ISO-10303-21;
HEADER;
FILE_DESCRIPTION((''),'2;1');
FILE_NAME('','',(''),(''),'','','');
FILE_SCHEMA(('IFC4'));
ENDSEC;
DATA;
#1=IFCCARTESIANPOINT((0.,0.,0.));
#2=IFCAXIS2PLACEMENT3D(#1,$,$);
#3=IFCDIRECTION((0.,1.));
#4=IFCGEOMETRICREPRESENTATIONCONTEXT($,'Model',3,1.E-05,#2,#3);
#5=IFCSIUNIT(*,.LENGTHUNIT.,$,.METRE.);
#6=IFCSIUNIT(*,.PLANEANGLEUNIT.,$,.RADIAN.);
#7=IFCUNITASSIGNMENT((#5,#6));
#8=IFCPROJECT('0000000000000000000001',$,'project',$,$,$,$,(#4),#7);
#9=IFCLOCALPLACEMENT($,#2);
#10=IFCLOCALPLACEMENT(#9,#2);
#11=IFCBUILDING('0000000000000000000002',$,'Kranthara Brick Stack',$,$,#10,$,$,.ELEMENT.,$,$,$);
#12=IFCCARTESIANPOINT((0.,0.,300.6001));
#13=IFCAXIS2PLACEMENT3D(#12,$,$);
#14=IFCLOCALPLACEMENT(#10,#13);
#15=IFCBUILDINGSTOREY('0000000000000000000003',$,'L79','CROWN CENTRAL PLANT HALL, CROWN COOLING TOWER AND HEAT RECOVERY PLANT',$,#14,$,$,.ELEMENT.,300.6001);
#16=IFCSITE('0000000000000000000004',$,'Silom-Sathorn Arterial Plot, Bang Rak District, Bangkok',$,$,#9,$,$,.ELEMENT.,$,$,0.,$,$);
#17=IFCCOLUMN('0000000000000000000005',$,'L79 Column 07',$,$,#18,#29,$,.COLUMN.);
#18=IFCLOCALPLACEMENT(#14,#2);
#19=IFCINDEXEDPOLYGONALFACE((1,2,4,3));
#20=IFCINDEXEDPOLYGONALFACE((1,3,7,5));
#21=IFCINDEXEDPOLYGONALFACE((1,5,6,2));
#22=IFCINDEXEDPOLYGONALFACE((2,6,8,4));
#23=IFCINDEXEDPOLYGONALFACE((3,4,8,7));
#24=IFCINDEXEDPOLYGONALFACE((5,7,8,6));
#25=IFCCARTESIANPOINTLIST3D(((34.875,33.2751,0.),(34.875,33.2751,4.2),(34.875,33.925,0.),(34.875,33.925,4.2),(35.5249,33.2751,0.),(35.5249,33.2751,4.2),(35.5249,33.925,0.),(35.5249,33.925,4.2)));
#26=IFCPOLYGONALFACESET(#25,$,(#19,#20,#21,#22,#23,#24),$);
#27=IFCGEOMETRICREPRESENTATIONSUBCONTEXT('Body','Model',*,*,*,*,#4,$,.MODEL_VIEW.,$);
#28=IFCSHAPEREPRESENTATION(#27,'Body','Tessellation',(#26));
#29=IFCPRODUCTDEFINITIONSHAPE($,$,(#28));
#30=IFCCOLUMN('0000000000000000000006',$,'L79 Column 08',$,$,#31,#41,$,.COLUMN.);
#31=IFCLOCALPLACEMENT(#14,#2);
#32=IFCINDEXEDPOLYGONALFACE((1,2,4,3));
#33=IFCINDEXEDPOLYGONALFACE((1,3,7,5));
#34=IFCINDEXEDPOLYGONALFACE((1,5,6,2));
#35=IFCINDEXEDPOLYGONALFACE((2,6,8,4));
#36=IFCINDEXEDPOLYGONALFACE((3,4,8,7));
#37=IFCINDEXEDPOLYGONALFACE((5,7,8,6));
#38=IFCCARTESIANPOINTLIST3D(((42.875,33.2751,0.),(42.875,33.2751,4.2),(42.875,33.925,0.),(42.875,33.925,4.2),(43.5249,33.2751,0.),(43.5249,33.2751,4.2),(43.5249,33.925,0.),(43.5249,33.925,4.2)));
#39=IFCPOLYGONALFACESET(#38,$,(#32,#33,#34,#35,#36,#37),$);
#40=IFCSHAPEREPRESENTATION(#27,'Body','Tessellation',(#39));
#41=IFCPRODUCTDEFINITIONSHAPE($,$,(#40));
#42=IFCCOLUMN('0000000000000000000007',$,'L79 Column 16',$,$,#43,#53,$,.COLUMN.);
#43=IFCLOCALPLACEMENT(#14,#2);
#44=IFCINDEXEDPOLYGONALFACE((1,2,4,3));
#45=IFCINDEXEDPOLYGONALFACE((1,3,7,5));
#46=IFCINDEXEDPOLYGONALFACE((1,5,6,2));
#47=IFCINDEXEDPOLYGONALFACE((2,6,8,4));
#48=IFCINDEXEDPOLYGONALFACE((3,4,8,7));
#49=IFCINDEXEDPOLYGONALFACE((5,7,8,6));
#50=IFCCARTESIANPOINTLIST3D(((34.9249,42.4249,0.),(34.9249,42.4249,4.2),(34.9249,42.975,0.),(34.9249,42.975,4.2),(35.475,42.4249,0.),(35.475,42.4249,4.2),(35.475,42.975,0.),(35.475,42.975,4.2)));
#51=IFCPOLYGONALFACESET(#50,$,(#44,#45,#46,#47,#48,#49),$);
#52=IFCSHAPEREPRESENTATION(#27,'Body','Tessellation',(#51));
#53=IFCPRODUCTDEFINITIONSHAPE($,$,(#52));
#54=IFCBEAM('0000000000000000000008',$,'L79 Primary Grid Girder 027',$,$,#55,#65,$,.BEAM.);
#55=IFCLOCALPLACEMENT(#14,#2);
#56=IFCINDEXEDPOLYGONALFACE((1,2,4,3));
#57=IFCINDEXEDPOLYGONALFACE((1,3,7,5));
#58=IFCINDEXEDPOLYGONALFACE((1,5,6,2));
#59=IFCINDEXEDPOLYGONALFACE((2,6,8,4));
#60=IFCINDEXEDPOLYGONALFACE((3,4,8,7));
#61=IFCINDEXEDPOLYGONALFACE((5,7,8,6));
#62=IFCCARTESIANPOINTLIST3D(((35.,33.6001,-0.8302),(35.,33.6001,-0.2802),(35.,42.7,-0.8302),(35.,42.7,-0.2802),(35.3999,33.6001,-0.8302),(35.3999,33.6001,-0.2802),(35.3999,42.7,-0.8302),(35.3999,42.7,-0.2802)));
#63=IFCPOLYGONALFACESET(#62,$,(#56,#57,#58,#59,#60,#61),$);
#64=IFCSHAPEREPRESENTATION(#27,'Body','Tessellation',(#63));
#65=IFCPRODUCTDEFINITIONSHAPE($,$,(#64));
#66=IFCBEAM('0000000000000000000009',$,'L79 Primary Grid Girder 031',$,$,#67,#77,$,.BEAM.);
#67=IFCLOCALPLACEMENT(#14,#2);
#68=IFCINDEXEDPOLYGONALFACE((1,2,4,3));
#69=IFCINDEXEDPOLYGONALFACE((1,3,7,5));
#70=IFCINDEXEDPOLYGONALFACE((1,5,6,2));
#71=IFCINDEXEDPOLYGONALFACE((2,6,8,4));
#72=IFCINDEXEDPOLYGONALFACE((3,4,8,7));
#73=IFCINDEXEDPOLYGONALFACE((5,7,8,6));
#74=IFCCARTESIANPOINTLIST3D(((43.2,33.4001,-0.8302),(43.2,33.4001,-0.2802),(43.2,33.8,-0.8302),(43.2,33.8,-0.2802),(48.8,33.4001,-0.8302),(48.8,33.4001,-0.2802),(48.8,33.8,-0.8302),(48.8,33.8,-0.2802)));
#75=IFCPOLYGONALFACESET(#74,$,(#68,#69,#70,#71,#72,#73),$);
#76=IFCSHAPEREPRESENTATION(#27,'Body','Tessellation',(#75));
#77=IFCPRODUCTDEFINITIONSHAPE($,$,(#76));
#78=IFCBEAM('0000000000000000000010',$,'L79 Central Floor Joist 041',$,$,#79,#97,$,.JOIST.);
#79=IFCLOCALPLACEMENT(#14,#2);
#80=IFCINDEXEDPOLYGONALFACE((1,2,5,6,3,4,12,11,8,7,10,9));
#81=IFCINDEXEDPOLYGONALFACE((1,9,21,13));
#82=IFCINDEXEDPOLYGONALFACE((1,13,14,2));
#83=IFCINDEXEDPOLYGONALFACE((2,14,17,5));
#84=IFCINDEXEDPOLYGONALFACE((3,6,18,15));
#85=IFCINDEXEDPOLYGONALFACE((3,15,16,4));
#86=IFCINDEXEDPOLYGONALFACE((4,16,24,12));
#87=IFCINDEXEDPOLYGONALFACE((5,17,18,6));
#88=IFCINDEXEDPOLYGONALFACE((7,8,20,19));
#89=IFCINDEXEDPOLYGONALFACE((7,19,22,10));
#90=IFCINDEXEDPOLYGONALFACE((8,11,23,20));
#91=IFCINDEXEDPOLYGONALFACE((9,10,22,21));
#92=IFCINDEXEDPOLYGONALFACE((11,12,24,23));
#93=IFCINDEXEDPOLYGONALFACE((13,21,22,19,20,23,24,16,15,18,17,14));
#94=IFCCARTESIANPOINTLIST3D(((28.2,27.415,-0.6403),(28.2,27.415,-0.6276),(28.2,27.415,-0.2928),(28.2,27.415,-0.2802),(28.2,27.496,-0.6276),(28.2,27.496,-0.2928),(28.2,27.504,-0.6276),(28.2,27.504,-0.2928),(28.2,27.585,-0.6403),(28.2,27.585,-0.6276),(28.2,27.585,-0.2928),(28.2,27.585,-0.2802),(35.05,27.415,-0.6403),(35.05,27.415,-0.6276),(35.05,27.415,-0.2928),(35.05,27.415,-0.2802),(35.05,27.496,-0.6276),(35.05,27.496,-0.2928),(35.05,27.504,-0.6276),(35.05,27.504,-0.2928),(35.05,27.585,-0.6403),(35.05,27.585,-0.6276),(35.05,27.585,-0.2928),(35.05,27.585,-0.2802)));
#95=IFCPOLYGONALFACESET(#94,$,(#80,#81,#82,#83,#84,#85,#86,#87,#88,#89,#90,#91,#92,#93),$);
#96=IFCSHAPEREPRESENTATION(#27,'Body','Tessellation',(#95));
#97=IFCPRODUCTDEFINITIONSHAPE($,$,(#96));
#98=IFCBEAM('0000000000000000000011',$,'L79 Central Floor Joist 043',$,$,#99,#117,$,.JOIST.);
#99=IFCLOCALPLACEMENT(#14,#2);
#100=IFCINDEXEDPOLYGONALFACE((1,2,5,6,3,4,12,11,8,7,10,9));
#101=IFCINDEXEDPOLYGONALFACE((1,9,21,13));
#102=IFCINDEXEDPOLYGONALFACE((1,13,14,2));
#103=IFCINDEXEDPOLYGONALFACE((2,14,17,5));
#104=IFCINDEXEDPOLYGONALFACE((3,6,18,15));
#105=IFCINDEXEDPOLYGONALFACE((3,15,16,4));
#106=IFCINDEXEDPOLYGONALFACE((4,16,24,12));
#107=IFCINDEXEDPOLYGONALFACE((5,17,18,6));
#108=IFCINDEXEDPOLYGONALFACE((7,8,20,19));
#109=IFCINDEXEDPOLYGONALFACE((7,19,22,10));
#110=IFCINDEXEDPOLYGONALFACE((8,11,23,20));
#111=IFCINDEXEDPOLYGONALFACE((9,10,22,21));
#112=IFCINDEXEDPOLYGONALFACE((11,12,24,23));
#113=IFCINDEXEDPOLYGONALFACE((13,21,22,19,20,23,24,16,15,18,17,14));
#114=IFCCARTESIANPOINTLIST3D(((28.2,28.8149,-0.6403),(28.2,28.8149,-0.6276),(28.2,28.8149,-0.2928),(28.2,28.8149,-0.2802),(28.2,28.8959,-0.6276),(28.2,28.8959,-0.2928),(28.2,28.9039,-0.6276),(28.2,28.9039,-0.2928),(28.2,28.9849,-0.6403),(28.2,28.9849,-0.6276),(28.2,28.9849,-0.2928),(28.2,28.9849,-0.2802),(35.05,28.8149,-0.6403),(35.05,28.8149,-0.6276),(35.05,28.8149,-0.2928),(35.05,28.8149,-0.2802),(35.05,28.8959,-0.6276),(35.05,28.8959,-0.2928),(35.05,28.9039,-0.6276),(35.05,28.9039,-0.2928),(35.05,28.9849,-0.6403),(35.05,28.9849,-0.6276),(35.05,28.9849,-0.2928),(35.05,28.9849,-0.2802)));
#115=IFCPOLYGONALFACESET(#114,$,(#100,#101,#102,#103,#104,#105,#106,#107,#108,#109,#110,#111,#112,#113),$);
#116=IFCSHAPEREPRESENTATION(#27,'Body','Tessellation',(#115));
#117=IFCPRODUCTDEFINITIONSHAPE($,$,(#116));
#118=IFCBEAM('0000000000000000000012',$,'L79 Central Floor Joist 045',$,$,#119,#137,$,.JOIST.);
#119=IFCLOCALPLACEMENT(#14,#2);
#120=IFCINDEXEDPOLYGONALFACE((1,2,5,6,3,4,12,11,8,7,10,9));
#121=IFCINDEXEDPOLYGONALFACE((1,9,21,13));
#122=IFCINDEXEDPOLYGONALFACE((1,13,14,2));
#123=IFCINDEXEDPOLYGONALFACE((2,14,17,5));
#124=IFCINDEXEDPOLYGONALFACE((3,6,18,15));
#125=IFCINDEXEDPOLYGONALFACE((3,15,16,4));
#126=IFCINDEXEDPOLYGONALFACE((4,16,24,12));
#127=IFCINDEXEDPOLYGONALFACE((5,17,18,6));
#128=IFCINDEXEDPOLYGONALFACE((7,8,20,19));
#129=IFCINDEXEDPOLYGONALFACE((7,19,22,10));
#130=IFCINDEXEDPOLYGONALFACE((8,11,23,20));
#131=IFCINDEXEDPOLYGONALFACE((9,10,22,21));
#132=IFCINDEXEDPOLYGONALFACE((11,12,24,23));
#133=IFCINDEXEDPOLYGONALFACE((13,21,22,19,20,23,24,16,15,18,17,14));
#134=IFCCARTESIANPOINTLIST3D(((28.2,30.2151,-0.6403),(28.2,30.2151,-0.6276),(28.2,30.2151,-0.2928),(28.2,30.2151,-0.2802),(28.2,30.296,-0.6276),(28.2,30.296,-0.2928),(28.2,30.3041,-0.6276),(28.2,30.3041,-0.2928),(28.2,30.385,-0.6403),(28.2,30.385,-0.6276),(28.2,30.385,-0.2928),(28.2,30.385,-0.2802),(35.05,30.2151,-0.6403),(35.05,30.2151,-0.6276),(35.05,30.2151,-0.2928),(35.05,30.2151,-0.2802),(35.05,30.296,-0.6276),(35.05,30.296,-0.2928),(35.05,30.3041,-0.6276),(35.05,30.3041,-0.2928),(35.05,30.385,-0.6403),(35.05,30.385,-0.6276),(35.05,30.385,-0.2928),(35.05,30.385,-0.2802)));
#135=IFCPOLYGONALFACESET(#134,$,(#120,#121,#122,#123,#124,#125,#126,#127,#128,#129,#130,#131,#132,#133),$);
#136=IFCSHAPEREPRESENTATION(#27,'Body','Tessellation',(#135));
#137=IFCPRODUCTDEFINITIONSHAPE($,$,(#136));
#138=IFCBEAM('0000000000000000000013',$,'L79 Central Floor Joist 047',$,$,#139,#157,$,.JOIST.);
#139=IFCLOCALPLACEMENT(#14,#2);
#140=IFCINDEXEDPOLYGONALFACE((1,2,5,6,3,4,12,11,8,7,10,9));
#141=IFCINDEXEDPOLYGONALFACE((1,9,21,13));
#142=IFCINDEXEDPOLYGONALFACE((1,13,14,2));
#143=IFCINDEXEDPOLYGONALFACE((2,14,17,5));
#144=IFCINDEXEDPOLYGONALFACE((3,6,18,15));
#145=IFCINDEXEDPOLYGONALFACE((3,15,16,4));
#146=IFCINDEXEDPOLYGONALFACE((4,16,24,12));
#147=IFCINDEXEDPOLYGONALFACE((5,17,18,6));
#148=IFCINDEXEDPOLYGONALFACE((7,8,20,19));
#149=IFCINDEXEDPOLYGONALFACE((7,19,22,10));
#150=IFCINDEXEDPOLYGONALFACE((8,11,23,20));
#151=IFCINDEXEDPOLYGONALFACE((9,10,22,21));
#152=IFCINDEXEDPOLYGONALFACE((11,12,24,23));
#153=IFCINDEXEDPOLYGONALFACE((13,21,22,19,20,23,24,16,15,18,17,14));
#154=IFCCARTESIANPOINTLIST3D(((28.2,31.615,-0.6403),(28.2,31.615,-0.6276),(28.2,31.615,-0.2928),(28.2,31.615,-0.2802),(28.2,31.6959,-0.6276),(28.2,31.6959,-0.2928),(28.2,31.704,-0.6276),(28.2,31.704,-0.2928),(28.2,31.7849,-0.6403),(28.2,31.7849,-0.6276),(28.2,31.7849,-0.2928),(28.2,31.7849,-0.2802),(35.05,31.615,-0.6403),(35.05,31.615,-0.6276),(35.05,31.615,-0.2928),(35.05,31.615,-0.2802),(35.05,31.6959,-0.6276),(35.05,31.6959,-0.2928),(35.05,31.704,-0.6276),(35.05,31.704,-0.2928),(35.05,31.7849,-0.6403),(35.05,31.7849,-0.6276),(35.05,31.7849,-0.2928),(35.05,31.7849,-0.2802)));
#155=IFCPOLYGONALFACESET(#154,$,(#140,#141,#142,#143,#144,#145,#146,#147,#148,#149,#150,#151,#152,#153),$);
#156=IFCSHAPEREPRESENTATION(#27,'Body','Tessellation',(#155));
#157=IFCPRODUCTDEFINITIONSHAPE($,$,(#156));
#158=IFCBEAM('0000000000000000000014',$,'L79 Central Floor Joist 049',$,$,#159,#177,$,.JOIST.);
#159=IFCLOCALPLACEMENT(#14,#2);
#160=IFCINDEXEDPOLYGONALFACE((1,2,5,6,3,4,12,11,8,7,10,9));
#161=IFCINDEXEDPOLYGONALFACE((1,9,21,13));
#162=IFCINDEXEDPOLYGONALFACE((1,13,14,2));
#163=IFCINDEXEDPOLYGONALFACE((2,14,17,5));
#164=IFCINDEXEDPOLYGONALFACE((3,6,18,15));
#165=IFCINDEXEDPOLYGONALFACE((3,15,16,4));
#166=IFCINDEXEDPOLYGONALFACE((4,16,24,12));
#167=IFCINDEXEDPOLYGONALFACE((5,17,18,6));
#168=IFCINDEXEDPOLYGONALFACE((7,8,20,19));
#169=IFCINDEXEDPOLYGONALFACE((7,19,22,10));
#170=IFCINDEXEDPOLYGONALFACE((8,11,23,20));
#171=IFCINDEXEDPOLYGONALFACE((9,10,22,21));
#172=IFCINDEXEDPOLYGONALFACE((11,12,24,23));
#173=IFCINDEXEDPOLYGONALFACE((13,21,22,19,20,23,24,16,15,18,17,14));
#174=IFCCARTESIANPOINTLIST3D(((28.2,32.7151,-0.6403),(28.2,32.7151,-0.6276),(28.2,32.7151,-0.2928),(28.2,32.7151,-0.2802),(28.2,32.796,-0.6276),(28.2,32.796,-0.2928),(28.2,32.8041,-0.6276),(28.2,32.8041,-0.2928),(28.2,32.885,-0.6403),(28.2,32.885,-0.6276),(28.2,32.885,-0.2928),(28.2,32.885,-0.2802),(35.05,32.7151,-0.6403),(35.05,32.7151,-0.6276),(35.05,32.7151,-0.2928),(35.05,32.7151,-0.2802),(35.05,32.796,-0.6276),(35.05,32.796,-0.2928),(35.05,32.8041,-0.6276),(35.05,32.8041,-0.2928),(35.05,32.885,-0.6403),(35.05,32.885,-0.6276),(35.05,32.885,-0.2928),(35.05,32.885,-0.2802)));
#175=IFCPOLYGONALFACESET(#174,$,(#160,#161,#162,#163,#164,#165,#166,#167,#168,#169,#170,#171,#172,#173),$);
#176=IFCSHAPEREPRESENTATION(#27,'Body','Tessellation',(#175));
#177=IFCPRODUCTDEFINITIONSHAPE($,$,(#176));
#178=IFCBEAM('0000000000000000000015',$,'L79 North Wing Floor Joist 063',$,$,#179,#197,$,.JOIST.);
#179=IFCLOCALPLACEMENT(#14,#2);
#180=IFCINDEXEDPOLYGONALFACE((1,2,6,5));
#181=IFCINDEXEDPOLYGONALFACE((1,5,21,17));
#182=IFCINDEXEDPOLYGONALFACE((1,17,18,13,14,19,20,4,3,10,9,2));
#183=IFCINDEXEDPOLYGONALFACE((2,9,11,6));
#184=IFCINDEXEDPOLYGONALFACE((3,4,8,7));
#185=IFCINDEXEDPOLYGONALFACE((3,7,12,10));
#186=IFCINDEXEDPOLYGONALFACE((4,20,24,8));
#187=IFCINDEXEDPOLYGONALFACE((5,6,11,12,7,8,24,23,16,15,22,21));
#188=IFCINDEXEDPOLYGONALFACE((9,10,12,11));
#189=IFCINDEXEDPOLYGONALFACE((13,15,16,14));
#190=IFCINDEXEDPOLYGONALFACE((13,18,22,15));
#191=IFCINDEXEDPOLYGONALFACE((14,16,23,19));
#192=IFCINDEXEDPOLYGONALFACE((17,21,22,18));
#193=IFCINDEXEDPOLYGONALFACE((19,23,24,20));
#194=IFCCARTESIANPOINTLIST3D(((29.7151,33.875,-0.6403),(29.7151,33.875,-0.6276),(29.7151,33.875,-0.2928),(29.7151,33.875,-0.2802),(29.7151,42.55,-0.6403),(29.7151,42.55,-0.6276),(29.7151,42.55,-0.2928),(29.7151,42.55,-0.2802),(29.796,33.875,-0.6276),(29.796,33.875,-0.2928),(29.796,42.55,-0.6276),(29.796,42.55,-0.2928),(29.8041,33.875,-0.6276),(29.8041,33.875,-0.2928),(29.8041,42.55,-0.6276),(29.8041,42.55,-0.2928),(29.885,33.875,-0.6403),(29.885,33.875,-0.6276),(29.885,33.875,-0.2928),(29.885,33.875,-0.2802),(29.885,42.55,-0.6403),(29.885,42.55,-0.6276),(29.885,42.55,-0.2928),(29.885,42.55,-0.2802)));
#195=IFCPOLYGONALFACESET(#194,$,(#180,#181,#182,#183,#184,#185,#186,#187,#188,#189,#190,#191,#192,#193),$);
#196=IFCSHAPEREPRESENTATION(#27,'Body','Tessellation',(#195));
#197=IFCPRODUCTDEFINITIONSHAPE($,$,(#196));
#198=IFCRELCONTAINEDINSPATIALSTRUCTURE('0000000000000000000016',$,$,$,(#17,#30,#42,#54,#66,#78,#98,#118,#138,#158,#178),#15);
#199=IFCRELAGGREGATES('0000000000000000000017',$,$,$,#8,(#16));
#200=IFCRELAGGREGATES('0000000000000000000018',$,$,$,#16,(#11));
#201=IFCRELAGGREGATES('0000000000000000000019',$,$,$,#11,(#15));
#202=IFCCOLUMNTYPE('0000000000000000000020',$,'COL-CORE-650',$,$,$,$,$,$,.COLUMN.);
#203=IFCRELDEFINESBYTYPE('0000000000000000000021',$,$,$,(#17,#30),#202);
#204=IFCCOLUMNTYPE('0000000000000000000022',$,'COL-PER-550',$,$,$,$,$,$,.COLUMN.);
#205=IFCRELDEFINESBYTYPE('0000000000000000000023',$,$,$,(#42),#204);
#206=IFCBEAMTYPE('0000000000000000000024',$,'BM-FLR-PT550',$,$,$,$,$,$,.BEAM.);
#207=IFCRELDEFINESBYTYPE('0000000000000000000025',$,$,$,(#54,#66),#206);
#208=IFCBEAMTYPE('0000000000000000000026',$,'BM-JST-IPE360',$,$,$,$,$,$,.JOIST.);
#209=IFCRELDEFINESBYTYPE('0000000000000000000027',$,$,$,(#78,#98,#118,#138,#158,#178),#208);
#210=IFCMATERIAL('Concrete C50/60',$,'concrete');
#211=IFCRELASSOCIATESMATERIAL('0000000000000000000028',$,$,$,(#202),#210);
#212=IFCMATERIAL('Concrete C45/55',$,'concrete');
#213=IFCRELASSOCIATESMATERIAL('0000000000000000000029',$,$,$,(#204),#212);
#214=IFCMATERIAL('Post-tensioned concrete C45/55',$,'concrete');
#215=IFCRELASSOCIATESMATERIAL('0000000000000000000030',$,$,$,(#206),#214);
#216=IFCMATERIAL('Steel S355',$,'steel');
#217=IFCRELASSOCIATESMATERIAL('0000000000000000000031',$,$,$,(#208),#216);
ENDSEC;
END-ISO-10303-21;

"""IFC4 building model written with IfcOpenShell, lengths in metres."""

from ifc_helpers import new_model, si_unit, direction, frame, origin, origin_2d, place, context, subcontext, project, spatial, rectangle, i_section, extrude, material, material_profile, profile_set, type_object, element, save


model = new_model("IFC4")

# Units and contexts
model_context = context("Model", 3, precision=1e-05, world=origin(), true_north=direction((0.0, 1.0)))
body_context = subcontext(model_context, "Body", "Model", "MODEL_VIEW")
ifc_project = project(units=[si_unit("LENGTHUNIT", "METRE"), si_unit("PLANEANGLEUNIT", "RADIAN")], contexts=[model_context])

# Site, building, storey
site_placement = place(None, origin())
site = spatial("IfcSite", under=ifc_project, at=site_placement, Name="Silom-Sathorn Arterial Plot, Bang Rak District, Bangkok", CompositionType="ELEMENT", RefElevation=0.0)
building_placement = place(site_placement, origin())
building = spatial("IfcBuilding", under=site, at=building_placement, Name="Kranthara Brick Stack", CompositionType="ELEMENT")
storey_placement = place(building_placement, frame((0.0, 0.0, 300.6001)))
storey = spatial("IfcBuildingStorey", under=building, at=storey_placement, Name="L79", Description="CROWN CENTRAL PLANT HALL, CROWN COOLING TOWER AND HEAT RECOVERY PLANT", CompositionType="ELEMENT", Elevation=300.6001)

# Columns
ifc_material_1 = material(Name="Concrete C50/60", Category="concrete")
ifc_material_profile_1 = material_profile(ifc_material_1, rectangle(XDim=0.6499, YDim=0.6499, at=origin_2d()), Name="RC 650x650")
ifc_profile_set_1 = profile_set([ifc_material_profile_1], Name="Concrete C50/60")
column_type_1 = type_object("IfcColumnType", Name="COL-CORE-650", PredefinedType="COLUMN", material=ifc_profile_set_1)
for number, where, z_axis, x_axis, name in (
    (1, (35.2, 33.6001, 0.0), (0.0, 0.0, 1.0), (1.0, 0.0, 0.0), "L79 Column 07"),
    (2, (43.2, 33.6001, 0.0), (0.0, 0.0, 1.0), (1.0, 0.0, 0.0), "L79 Column 08"),
):
    element("IfcColumn", number, at=place(storey_placement, frame(where, z_axis=z_axis, x_axis=x_axis)), inside=storey, type_object=column_type_1, Name=name, PredefinedType="COLUMN", context=body_context, shape_type="SweptSolid", body=[
        extrude(rectangle(XDim=0.6499, YDim=0.6499, at=origin_2d()), origin(), (0.0, 0.0, 1.0), 4.2),
    ])
ifc_material_2 = material(Name="Concrete C45/55", Category="concrete")
ifc_material_profile_2 = material_profile(ifc_material_2, rectangle(XDim=0.55, YDim=0.55, at=origin_2d()), Name="RC 550x550")
ifc_profile_set_2 = profile_set([ifc_material_profile_2], Name="Concrete C45/55")
column_type_2 = type_object("IfcColumnType", Name="COL-PER-550", PredefinedType="COLUMN", material=ifc_profile_set_2)
column_placement = place(storey_placement, frame((35.2, 42.7, 0.0), z_axis=(0.0, 0.0, 1.0), x_axis=(1.0, 0.0, 0.0)))
element("IfcColumn", 3, at=column_placement, inside=storey, type_object=column_type_2, Name="L79 Column 16", PredefinedType="COLUMN", context=body_context, shape_type="SweptSolid", body=[
    extrude(rectangle(XDim=0.55, YDim=0.55, at=origin_2d()), origin(), (0.0, 0.0, 1.0), 4.2),
])

# Beams
ifc_material_3 = material(Name="Post-tensioned concrete C45/55", Category="concrete")
ifc_material_profile_3 = material_profile(ifc_material_3, rectangle(XDim=0.3999, YDim=0.55, at=origin_2d()), Name="PT 400x550")
ifc_profile_set_3 = profile_set([ifc_material_profile_3], Name="Post-tensioned concrete C45/55")
beam_type_1 = type_object("IfcBeamType", Name="BM-FLR-PT550", PredefinedType="BEAM", material=ifc_profile_set_3)
beam_1_placement = place(storey_placement, frame((35.2, 33.6001, -0.5552), z_axis=(0.0, 1.0, 0.0), x_axis=(-1.0, 0.0, 0.0)))
element("IfcBeam", 4, at=beam_1_placement, inside=storey, type_object=beam_type_1, Name="L79 Primary Grid Girder 027", PredefinedType="BEAM", context=body_context, shape_type="SweptSolid", body=[
    extrude(rectangle(XDim=0.3999, YDim=0.55, at=origin_2d()), origin(), (0.0, 0.0, 1.0), 9.0999),
])
beam_2_placement = place(storey_placement, frame((43.2, 33.6001, -0.5552), z_axis=(1.0, 0.0, 0.0), x_axis=(0.0, 1.0, 0.0)))
element("IfcBeam", 5, at=beam_2_placement, inside=storey, type_object=beam_type_1, Name="L79 Primary Grid Girder 031", PredefinedType="BEAM", context=body_context, shape_type="SweptSolid", body=[
    extrude(rectangle(XDim=0.3999, YDim=0.55, at=origin_2d()), origin(), (0.0, 0.0, 1.0), 5.6001),
])
ifc_material_4 = material(Name="Steel S355", Category="steel")
ifc_material_profile_4 = material_profile(ifc_material_4, i_section(OverallWidth=0.1699, OverallDepth=0.3601, WebThickness=0.0081, FlangeThickness=0.0127, at=origin_2d()), Name="IPE 360")
ifc_profile_set_4 = profile_set([ifc_material_profile_4], Name="Steel S355")
beam_type_2 = type_object("IfcBeamType", Name="BM-JST-IPE360", PredefinedType="JOIST", material=ifc_profile_set_4)
for number, where, z_axis, x_axis, name in (
    (6, (28.2, 27.5, -0.4602), (1.0, 0.0, 0.0), (0.0, 1.0, 0.0), "L79 Central Floor Joist 041"),
    (7, (28.2, 28.8999, -0.4602), (1.0, 0.0, 0.0), (0.0, 1.0, 0.0), "L79 Central Floor Joist 043"),
    (8, (28.2, 30.3, -0.4602), (1.0, 0.0, 0.0), (0.0, 1.0, 0.0), "L79 Central Floor Joist 045"),
    (9, (28.2, 31.7, -0.4602), (1.0, 0.0, 0.0), (0.0, 1.0, 0.0), "L79 Central Floor Joist 047"),
    (10, (28.2, 32.8, -0.4602), (1.0, 0.0, 0.0), (0.0, 1.0, 0.0), "L79 Central Floor Joist 049"),
):
    element("IfcBeam", number, at=place(storey_placement, frame(where, z_axis=z_axis, x_axis=x_axis)), inside=storey, type_object=beam_type_2, Name=name, PredefinedType="JOIST", context=body_context, shape_type="SweptSolid", body=[
        extrude(i_section(OverallWidth=0.1699, OverallDepth=0.3601, WebThickness=0.0081, FlangeThickness=0.0127, at=origin_2d()), origin(), (0.0, 0.0, 1.0), 6.8501),
    ])
for number, where, z_axis, x_axis, name in (
    (11, (29.8, 33.875, -0.4602), (0.0, 1.0, 0.0), (-1.0, 0.0, 0.0), "L79 North Wing Floor Joist 063"),
):
    element("IfcBeam", number, at=place(storey_placement, frame(where, z_axis=z_axis, x_axis=x_axis)), inside=storey, type_object=beam_type_2, Name=name, PredefinedType="JOIST", context=body_context, shape_type="SweptSolid", body=[
        extrude(i_section(OverallWidth=0.1699, OverallDepth=0.3601, WebThickness=0.0081, FlangeThickness=0.0127, at=origin_2d()), origin(), (0.0, 0.0, 1.0), 8.675),
    ])

save(model, "model.ifc")
